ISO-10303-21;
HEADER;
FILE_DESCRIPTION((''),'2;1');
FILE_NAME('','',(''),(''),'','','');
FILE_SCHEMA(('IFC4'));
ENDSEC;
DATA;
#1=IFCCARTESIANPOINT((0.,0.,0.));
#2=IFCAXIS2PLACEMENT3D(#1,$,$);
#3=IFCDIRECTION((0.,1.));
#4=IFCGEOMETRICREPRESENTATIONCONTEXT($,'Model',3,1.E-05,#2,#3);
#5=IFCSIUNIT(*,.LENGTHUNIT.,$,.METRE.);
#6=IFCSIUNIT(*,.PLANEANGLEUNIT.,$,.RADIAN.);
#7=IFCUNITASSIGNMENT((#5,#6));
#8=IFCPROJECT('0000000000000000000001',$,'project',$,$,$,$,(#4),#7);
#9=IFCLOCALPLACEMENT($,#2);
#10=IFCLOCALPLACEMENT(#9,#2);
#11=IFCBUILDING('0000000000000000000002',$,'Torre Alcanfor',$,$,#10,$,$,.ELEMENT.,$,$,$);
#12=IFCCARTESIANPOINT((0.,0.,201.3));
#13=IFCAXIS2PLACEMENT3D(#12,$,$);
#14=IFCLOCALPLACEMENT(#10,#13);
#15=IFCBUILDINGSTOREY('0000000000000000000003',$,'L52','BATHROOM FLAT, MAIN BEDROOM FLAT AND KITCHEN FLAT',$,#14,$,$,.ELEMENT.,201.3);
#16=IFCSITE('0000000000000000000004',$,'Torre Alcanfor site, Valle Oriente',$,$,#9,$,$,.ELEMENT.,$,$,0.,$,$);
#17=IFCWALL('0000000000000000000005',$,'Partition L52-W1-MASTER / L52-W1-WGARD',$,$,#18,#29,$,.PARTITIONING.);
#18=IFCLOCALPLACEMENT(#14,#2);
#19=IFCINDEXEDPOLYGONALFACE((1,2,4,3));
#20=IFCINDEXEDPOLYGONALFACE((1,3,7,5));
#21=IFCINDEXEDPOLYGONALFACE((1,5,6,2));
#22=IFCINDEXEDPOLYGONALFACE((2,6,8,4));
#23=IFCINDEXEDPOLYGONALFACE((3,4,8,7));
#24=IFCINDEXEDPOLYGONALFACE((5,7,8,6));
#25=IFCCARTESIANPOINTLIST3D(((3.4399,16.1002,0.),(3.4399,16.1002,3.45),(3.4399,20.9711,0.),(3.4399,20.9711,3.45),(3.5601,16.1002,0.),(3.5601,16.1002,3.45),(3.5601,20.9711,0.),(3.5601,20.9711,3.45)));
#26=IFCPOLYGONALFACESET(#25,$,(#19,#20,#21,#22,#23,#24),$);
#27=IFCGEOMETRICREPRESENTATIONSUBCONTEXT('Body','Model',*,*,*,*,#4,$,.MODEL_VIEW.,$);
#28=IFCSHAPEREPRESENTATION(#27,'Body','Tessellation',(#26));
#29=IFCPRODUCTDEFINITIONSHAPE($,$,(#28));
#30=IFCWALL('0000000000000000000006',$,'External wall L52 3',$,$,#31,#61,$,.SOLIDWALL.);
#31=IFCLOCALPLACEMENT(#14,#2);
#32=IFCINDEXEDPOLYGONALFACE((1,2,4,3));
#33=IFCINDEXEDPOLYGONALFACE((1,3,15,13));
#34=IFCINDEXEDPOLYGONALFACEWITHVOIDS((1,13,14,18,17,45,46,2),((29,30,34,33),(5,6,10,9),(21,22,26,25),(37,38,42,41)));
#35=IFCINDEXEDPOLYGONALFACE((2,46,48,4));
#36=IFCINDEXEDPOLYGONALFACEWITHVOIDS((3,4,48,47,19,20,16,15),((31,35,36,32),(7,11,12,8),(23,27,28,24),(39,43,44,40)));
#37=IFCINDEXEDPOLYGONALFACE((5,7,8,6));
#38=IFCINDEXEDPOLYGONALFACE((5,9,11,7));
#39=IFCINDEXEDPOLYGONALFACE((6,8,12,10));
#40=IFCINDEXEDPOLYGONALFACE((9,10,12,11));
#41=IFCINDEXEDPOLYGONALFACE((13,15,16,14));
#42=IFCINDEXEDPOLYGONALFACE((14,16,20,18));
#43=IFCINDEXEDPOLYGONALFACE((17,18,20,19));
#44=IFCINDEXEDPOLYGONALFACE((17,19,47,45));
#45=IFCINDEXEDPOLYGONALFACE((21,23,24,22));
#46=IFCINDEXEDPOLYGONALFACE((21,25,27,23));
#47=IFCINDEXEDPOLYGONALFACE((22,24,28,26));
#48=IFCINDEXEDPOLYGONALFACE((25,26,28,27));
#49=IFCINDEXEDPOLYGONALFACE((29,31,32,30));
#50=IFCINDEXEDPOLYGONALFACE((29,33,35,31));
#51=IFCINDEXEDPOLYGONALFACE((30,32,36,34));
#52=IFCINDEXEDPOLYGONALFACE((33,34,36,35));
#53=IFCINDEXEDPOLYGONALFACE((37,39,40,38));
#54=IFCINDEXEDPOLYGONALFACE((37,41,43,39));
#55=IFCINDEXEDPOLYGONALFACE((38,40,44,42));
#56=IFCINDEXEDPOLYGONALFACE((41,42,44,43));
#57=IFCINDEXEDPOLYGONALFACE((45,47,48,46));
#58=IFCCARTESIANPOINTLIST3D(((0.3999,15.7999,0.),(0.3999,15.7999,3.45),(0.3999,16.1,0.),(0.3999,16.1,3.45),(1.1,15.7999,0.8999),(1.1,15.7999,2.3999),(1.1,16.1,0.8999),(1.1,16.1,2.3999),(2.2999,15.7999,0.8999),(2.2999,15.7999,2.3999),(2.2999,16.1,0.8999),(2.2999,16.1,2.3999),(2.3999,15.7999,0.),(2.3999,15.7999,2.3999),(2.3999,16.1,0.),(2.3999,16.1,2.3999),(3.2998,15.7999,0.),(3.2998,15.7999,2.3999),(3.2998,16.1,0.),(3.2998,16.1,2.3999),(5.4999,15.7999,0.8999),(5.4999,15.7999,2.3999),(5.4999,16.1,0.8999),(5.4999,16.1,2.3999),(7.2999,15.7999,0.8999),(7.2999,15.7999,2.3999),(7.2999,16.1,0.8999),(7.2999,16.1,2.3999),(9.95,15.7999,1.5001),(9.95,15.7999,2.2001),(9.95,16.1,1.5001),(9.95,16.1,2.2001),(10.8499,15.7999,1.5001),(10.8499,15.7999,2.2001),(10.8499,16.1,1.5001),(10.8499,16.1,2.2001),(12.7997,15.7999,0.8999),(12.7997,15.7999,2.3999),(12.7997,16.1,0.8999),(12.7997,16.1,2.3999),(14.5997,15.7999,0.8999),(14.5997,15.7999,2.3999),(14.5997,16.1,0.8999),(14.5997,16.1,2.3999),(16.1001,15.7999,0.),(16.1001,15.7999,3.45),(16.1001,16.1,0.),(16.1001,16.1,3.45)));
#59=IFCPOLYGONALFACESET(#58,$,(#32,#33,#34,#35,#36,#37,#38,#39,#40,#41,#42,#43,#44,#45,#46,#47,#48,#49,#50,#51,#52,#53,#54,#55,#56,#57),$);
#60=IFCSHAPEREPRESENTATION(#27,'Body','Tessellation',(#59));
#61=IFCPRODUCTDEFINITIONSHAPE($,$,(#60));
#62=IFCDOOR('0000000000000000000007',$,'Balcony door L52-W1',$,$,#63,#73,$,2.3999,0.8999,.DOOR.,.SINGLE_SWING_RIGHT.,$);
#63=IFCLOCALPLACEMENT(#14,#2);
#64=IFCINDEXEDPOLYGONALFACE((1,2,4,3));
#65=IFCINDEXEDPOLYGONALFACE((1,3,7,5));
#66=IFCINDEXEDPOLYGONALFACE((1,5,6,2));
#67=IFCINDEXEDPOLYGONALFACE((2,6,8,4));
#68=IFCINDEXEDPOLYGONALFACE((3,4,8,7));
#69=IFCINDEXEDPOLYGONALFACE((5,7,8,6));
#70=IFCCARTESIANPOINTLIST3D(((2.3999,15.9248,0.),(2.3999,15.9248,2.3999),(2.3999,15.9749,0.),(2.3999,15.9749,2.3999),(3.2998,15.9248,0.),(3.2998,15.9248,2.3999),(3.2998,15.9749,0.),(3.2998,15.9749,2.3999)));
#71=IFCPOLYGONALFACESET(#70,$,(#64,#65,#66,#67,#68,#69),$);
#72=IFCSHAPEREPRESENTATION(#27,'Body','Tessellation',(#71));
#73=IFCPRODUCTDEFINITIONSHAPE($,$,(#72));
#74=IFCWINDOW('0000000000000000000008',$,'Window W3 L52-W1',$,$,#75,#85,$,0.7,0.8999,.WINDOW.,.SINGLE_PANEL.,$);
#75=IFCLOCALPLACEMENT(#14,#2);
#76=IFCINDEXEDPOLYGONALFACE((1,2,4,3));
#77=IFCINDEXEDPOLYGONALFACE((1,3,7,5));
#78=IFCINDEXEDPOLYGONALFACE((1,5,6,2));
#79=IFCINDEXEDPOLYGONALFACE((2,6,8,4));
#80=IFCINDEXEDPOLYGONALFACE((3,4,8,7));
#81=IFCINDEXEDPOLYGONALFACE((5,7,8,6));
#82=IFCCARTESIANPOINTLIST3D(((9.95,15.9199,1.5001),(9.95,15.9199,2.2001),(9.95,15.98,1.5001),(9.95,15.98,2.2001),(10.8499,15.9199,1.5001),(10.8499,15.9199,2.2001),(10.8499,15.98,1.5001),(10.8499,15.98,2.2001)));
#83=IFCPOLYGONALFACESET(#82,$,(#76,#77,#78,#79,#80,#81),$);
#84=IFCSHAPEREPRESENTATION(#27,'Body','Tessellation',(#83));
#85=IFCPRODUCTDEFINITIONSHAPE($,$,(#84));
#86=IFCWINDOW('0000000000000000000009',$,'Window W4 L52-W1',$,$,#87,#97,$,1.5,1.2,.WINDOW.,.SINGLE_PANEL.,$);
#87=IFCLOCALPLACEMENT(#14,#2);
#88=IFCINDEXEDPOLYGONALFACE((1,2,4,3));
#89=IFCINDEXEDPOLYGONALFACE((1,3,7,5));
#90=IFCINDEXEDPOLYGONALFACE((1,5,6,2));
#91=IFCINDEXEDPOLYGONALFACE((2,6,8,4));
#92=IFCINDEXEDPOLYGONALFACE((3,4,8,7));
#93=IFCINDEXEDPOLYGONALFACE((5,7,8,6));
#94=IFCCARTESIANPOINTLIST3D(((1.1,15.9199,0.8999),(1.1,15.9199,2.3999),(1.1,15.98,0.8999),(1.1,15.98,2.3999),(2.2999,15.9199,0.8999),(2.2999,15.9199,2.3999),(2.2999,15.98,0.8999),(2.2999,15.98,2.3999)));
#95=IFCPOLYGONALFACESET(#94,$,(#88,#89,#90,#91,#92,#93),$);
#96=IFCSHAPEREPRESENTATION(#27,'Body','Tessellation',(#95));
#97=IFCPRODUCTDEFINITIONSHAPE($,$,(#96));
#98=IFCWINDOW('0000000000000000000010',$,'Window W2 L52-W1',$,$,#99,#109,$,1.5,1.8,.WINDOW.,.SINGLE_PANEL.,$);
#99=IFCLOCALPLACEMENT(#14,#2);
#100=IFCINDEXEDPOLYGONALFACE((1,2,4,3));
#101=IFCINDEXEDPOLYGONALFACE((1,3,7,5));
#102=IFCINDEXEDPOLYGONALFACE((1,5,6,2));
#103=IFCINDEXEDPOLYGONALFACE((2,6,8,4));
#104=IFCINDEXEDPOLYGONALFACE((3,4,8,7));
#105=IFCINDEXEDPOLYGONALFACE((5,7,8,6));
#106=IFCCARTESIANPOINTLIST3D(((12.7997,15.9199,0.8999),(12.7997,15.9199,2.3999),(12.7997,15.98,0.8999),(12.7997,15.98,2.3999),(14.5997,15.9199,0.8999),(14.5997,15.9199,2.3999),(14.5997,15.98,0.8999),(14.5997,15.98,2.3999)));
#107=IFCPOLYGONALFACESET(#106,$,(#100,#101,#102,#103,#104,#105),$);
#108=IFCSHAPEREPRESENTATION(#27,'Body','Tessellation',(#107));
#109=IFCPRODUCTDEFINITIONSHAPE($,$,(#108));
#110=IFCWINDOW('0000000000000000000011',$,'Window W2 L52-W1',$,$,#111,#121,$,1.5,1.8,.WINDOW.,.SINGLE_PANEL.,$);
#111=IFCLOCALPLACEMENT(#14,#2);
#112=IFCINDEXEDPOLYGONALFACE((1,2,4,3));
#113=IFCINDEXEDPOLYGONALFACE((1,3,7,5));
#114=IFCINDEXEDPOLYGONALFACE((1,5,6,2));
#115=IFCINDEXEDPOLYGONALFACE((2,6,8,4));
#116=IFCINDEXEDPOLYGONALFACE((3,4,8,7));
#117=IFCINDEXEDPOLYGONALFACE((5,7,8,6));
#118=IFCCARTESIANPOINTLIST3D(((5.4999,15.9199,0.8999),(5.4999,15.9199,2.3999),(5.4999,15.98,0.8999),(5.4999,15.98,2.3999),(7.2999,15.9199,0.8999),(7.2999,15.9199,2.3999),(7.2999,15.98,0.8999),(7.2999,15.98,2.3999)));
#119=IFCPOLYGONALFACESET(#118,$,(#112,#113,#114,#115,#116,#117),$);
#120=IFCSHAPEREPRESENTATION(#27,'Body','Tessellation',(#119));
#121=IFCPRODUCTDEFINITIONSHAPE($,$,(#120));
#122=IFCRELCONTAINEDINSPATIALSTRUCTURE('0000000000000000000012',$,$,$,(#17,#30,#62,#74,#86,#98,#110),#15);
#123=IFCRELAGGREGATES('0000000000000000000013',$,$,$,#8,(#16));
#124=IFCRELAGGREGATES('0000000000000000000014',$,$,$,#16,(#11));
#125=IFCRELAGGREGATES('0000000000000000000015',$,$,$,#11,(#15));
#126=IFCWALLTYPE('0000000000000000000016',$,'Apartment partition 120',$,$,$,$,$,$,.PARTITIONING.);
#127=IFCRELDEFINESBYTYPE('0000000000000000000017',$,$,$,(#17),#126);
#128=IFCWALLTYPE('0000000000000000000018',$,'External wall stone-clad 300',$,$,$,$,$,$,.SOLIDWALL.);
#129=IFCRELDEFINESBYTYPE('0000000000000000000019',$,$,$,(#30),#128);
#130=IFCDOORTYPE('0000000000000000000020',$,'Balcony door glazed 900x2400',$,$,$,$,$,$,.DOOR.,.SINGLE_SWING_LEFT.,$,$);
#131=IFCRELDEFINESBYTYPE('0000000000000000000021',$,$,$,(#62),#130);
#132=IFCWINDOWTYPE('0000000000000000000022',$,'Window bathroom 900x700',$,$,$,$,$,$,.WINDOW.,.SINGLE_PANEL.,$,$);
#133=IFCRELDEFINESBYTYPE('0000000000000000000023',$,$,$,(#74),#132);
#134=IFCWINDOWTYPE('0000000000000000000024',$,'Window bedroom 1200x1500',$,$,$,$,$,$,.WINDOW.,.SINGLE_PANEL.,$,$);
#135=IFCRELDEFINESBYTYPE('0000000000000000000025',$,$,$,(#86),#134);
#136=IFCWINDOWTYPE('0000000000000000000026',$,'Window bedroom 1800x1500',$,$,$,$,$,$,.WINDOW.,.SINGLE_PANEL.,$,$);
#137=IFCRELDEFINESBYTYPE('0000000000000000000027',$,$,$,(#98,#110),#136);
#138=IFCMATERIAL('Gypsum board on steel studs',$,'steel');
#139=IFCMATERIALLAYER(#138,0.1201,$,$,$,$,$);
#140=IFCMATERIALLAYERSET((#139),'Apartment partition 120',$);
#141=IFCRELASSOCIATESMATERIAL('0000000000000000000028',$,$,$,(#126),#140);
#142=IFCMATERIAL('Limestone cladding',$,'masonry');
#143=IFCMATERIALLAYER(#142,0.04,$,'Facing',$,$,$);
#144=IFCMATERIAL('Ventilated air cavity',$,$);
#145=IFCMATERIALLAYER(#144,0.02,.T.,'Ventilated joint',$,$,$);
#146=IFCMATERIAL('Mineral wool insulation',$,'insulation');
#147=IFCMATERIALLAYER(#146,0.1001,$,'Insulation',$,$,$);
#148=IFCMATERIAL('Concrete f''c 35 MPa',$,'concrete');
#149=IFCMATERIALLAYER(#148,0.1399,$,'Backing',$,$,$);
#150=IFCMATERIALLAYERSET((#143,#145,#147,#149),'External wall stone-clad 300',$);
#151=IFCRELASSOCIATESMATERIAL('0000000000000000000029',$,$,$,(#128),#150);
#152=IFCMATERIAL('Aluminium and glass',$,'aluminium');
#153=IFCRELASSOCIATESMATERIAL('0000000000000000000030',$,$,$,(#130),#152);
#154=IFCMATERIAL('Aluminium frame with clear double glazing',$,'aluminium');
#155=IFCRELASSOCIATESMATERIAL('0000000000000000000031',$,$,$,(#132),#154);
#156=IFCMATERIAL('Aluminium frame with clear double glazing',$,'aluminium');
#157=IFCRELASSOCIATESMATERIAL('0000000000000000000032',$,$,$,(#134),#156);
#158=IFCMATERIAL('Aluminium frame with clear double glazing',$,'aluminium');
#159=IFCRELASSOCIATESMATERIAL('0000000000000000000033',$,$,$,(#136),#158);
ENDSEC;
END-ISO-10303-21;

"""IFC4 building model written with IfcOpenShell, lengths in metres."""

from ifc_helpers import new_model, si_unit, direction, frame, frame_2d, origin, place, context, subcontext, project, spatial, rectangle, extrude, material, layer, layer_set, type_object, element, fill, save


model = new_model("IFC4")

# Units and contexts
model_context = context("Model", 3, precision=1e-05, world=origin(), true_north=direction((0.0, 1.0)))
body_context = subcontext(model_context, "Body", "Model", "MODEL_VIEW")
ifc_project = project(units=[si_unit("LENGTHUNIT", "METRE"), si_unit("PLANEANGLEUNIT", "RADIAN")], contexts=[model_context])

# Site, building, storey
site_placement = place(None, origin())
site = spatial("IfcSite", under=ifc_project, at=site_placement, Name="Torre Alcanfor site, Valle Oriente", CompositionType="ELEMENT", RefElevation=0.0)
building_placement = place(site_placement, origin())
building = spatial("IfcBuilding", under=site, at=building_placement, Name="Torre Alcanfor", CompositionType="ELEMENT")
storey_placement = place(building_placement, frame((0.0, 0.0, 201.3)))
storey = spatial("IfcBuildingStorey", under=building, at=storey_placement, Name="L52", Description="BATHROOM FLAT, MAIN BEDROOM FLAT AND KITCHEN FLAT", CompositionType="ELEMENT", Elevation=201.3)

# Wall
ifc_material_1 = material(Name="Gypsum board on steel studs", Category="steel")
ifc_layer_1 = layer(ifc_material_1, 0.1201)
ifc_layer_set_1 = layer_set([ifc_layer_1], Name="Apartment partition 120")
wall_type_1 = type_object("IfcWallType", Name="Apartment partition 120", PredefinedType="PARTITIONING", material=ifc_layer_set_1)
wall_1_placement = place(storey_placement, frame((3.5, 16.1001, 0.0), z_axis=(0.0, 0.0, 1.0), x_axis=(0.0, 1.0, 0.0)))
element("IfcWall", 1, at=wall_1_placement, inside=storey, type_object=wall_type_1, Name="Partition L52-W1-MASTER / L52-W1-WGARD", PredefinedType="PARTITIONING", context=body_context, shape_type="SweptSolid", body=[
    extrude(rectangle(XDim=4.8708, YDim=0.1201, at=frame_2d((2.4355, 0.0))), origin(), (0.0, 0.0, 1.0), 3.45),
])

# Wall, openings, door, windows
ifc_material_2 = material(Name="Limestone cladding", Category="masonry")
ifc_layer_2 = layer(ifc_material_2, 0.04, Name="Facing")
ifc_material_3 = material(Name="Ventilated air cavity")
ifc_layer_3 = layer(ifc_material_3, 0.02, ventilated=True, Name="Ventilated joint")
ifc_material_4 = material(Name="Mineral wool insulation", Category="insulation")
ifc_layer_4 = layer(ifc_material_4, 0.1001, Name="Insulation")
ifc_material_5 = material(Name="Concrete f'c 35 MPa", Category="concrete")
ifc_layer_5 = layer(ifc_material_5, 0.1399, Name="Backing")
ifc_layer_set_2 = layer_set([ifc_layer_2, ifc_layer_3, ifc_layer_4, ifc_layer_5], Name="External wall stone-clad 300")
wall_type_2 = type_object("IfcWallType", Name="External wall stone-clad 300", PredefinedType="SOLIDWALL", material=ifc_layer_set_2)
wall_2_placement = place(storey_placement, frame((0.3999, 15.95, 0.0), z_axis=(0.0, 0.0, 1.0), x_axis=(1.0, 0.0, 0.0)))
wall_2 = element("IfcWall", 2, at=wall_2_placement, inside=storey, type_object=wall_type_2, Name="External wall L52 3", PredefinedType="SOLIDWALL", context=body_context, shape_type="SweptSolid", body=[
    extrude(rectangle(XDim=15.7002, YDim=0.3, at=frame_2d((7.8501, 0.0))), origin(), (0.0, 0.0, 1.0), 3.45),
])
opening_1_placement = place(wall_2_placement, frame((12.3999, 0.0, 0.8999)))
opening_1 = element("IfcOpeningElement", 3, at=opening_1_placement, cuts=wall_2, PredefinedType="OPENING", context=body_context, shape_type="SweptSolid", body=[
    extrude(rectangle(XDim=1.8, YDim=1.5, at=frame_2d((0.8999, 0.75))), frame((0.0, 0.1599, 0.0), z_axis=(0.0, -1.0, 0.0), x_axis=(1.0, 0.0, 0.0)), (0.0, 0.0, 1.0), 0.3201),
])
opening_2_placement = place(wall_2_placement, frame((9.55, 0.0, 1.5)))
opening_2 = element("IfcOpeningElement", 4, at=opening_2_placement, cuts=wall_2, PredefinedType="OPENING", context=body_context, shape_type="SweptSolid", body=[
    extrude(rectangle(XDim=0.8999, YDim=0.7, at=frame_2d((0.45, 0.3501))), frame((0.0, 0.1599, 0.0), z_axis=(0.0, -1.0, 0.0), x_axis=(1.0, 0.0, 0.0)), (0.0, 0.0, 1.0), 0.3201),
])
opening_3_placement = place(wall_2_placement, frame((5.1001, 0.0, 0.8999)))
opening_3 = element("IfcOpeningElement", 5, at=opening_3_placement, cuts=wall_2, PredefinedType="OPENING", context=body_context, shape_type="SweptSolid", body=[
    extrude(rectangle(XDim=1.8, YDim=1.5, at=frame_2d((0.8999, 0.75))), frame((0.0, 0.1599, 0.0), z_axis=(0.0, -1.0, 0.0), x_axis=(1.0, 0.0, 0.0)), (0.0, 0.0, 1.0), 0.3201),
])
opening_4_placement = place(wall_2_placement, frame((2.0, 0.0, 0.0)))
opening_4 = element("IfcOpeningElement", 6, at=opening_4_placement, cuts=wall_2, PredefinedType="OPENING", context=body_context, shape_type="SweptSolid", body=[
    extrude(rectangle(XDim=0.8999, YDim=2.3999, at=frame_2d((0.45, 1.2))), frame((0.0, 0.1599, 0.0), z_axis=(0.0, -1.0, 0.0), x_axis=(1.0, 0.0, 0.0)), (0.0, 0.0, 1.0), 0.3201),
])
opening_5_placement = place(wall_2_placement, frame((0.7, 0.0, 0.8999)))
opening_5 = element("IfcOpeningElement", 7, at=opening_5_placement, cuts=wall_2, PredefinedType="OPENING", context=body_context, shape_type="SweptSolid", body=[
    extrude(rectangle(XDim=1.2, YDim=1.5, at=frame_2d((0.6001, 0.75))), frame((0.0, 0.1599, 0.0), z_axis=(0.0, -1.0, 0.0), x_axis=(1.0, 0.0, 0.0)), (0.0, 0.0, 1.0), 0.3201),
])
ifc_material_6 = material(Name="Aluminium and glass", Category="aluminium")
door_type = type_object("IfcDoorType", Name="Balcony door glazed 900x2400", OperationType="SINGLE_SWING_LEFT", PredefinedType="DOOR", material=ifc_material_6)
door_placement = place(opening_4_placement, origin())
door = element("IfcDoor", 8, at=door_placement, inside=storey, type_object=door_type, Name="Balcony door L52-W1", OperationType="SINGLE_SWING_RIGHT", OverallHeight=2.3999, OverallWidth=0.8999, PredefinedType="DOOR", context=body_context, shape_type="SweptSolid", body=[
    extrude(rectangle(XDim=0.8999, YDim=2.3999, at=frame_2d((0.45, 1.2))), frame((0.0, 0.0249, 0.0), z_axis=(0.0, -1.0, 0.0), x_axis=(1.0, 0.0, 0.0)), (0.0, 0.0, 1.0), 0.05),
])
fill(opening_4, door)
ifc_material_7 = material(Name="Aluminium frame with clear double glazing", Category="aluminium")
window_type_1 = type_object("IfcWindowType", Name="Window bathroom 900x700", PartitioningType="SINGLE_PANEL", PredefinedType="WINDOW", material=ifc_material_7)
window_1_placement = place(opening_2_placement, origin())
window_1 = element("IfcWindow", 9, at=window_1_placement, inside=storey, type_object=window_type_1, Name="Window W3 L52-W1", OverallHeight=0.7, OverallWidth=0.8999, PartitioningType="SINGLE_PANEL", PredefinedType="WINDOW", context=body_context, shape_type="SweptSolid", body=[
    extrude(rectangle(XDim=0.8999, YDim=0.7, at=frame_2d((0.45, 0.3501))), frame((0.0, 0.03, 0.0), z_axis=(0.0, -1.0, 0.0), x_axis=(1.0, 0.0, 0.0)), (0.0, 0.0, 1.0), 0.0601),
])
fill(opening_2, window_1)
ifc_material_8 = material(Name="Aluminium frame with clear double glazing", Category="aluminium")
window_type_2 = type_object("IfcWindowType", Name="Window bedroom 1200x1500", PartitioningType="SINGLE_PANEL", PredefinedType="WINDOW", material=ifc_material_8)
window_2_placement = place(opening_5_placement, origin())
window_2 = element("IfcWindow", 10, at=window_2_placement, inside=storey, type_object=window_type_2, Name="Window W4 L52-W1", OverallHeight=1.5, OverallWidth=1.2, PartitioningType="SINGLE_PANEL", PredefinedType="WINDOW", context=body_context, shape_type="SweptSolid", body=[
    extrude(rectangle(XDim=1.2, YDim=1.5, at=frame_2d((0.6001, 0.75))), frame((0.0, 0.03, 0.0), z_axis=(0.0, -1.0, 0.0), x_axis=(1.0, 0.0, 0.0)), (0.0, 0.0, 1.0), 0.0601),
])
fill(opening_5, window_2)
ifc_material_9 = material(Name="Aluminium frame with clear double glazing", Category="aluminium")
window_type_3 = type_object("IfcWindowType", Name="Window bedroom 1800x1500", PartitioningType="SINGLE_PANEL", PredefinedType="WINDOW", material=ifc_material_9)
window_3_placement = place(opening_1_placement, origin())
window_3 = element("IfcWindow", 11, at=window_3_placement, inside=storey, type_object=window_type_3, Name="Window W2 L52-W1", OverallHeight=1.5, OverallWidth=1.8, PartitioningType="SINGLE_PANEL", PredefinedType="WINDOW", context=body_context, shape_type="SweptSolid", body=[
    extrude(rectangle(XDim=1.8, YDim=1.5, at=frame_2d((0.8999, 0.75))), frame((0.0, 0.03, 0.0), z_axis=(0.0, -1.0, 0.0), x_axis=(1.0, 0.0, 0.0)), (0.0, 0.0, 1.0), 0.0601),
])
fill(opening_1, window_3)
window_4_placement = place(opening_3_placement, origin())
window_4 = element("IfcWindow", 12, at=window_4_placement, inside=storey, type_object=window_type_3, Name="Window W2 L52-W1", OverallHeight=1.5, OverallWidth=1.8, PartitioningType="SINGLE_PANEL", PredefinedType="WINDOW", context=body_context, shape_type="SweptSolid", body=[
    extrude(rectangle(XDim=1.8, YDim=1.5, at=frame_2d((0.8999, 0.75))), frame((0.0, 0.03, 0.0), z_axis=(0.0, -1.0, 0.0), x_axis=(1.0, 0.0, 0.0)), (0.0, 0.0, 1.0), 0.0601),
])
fill(opening_3, window_4)

save(model, "model.ifc")
